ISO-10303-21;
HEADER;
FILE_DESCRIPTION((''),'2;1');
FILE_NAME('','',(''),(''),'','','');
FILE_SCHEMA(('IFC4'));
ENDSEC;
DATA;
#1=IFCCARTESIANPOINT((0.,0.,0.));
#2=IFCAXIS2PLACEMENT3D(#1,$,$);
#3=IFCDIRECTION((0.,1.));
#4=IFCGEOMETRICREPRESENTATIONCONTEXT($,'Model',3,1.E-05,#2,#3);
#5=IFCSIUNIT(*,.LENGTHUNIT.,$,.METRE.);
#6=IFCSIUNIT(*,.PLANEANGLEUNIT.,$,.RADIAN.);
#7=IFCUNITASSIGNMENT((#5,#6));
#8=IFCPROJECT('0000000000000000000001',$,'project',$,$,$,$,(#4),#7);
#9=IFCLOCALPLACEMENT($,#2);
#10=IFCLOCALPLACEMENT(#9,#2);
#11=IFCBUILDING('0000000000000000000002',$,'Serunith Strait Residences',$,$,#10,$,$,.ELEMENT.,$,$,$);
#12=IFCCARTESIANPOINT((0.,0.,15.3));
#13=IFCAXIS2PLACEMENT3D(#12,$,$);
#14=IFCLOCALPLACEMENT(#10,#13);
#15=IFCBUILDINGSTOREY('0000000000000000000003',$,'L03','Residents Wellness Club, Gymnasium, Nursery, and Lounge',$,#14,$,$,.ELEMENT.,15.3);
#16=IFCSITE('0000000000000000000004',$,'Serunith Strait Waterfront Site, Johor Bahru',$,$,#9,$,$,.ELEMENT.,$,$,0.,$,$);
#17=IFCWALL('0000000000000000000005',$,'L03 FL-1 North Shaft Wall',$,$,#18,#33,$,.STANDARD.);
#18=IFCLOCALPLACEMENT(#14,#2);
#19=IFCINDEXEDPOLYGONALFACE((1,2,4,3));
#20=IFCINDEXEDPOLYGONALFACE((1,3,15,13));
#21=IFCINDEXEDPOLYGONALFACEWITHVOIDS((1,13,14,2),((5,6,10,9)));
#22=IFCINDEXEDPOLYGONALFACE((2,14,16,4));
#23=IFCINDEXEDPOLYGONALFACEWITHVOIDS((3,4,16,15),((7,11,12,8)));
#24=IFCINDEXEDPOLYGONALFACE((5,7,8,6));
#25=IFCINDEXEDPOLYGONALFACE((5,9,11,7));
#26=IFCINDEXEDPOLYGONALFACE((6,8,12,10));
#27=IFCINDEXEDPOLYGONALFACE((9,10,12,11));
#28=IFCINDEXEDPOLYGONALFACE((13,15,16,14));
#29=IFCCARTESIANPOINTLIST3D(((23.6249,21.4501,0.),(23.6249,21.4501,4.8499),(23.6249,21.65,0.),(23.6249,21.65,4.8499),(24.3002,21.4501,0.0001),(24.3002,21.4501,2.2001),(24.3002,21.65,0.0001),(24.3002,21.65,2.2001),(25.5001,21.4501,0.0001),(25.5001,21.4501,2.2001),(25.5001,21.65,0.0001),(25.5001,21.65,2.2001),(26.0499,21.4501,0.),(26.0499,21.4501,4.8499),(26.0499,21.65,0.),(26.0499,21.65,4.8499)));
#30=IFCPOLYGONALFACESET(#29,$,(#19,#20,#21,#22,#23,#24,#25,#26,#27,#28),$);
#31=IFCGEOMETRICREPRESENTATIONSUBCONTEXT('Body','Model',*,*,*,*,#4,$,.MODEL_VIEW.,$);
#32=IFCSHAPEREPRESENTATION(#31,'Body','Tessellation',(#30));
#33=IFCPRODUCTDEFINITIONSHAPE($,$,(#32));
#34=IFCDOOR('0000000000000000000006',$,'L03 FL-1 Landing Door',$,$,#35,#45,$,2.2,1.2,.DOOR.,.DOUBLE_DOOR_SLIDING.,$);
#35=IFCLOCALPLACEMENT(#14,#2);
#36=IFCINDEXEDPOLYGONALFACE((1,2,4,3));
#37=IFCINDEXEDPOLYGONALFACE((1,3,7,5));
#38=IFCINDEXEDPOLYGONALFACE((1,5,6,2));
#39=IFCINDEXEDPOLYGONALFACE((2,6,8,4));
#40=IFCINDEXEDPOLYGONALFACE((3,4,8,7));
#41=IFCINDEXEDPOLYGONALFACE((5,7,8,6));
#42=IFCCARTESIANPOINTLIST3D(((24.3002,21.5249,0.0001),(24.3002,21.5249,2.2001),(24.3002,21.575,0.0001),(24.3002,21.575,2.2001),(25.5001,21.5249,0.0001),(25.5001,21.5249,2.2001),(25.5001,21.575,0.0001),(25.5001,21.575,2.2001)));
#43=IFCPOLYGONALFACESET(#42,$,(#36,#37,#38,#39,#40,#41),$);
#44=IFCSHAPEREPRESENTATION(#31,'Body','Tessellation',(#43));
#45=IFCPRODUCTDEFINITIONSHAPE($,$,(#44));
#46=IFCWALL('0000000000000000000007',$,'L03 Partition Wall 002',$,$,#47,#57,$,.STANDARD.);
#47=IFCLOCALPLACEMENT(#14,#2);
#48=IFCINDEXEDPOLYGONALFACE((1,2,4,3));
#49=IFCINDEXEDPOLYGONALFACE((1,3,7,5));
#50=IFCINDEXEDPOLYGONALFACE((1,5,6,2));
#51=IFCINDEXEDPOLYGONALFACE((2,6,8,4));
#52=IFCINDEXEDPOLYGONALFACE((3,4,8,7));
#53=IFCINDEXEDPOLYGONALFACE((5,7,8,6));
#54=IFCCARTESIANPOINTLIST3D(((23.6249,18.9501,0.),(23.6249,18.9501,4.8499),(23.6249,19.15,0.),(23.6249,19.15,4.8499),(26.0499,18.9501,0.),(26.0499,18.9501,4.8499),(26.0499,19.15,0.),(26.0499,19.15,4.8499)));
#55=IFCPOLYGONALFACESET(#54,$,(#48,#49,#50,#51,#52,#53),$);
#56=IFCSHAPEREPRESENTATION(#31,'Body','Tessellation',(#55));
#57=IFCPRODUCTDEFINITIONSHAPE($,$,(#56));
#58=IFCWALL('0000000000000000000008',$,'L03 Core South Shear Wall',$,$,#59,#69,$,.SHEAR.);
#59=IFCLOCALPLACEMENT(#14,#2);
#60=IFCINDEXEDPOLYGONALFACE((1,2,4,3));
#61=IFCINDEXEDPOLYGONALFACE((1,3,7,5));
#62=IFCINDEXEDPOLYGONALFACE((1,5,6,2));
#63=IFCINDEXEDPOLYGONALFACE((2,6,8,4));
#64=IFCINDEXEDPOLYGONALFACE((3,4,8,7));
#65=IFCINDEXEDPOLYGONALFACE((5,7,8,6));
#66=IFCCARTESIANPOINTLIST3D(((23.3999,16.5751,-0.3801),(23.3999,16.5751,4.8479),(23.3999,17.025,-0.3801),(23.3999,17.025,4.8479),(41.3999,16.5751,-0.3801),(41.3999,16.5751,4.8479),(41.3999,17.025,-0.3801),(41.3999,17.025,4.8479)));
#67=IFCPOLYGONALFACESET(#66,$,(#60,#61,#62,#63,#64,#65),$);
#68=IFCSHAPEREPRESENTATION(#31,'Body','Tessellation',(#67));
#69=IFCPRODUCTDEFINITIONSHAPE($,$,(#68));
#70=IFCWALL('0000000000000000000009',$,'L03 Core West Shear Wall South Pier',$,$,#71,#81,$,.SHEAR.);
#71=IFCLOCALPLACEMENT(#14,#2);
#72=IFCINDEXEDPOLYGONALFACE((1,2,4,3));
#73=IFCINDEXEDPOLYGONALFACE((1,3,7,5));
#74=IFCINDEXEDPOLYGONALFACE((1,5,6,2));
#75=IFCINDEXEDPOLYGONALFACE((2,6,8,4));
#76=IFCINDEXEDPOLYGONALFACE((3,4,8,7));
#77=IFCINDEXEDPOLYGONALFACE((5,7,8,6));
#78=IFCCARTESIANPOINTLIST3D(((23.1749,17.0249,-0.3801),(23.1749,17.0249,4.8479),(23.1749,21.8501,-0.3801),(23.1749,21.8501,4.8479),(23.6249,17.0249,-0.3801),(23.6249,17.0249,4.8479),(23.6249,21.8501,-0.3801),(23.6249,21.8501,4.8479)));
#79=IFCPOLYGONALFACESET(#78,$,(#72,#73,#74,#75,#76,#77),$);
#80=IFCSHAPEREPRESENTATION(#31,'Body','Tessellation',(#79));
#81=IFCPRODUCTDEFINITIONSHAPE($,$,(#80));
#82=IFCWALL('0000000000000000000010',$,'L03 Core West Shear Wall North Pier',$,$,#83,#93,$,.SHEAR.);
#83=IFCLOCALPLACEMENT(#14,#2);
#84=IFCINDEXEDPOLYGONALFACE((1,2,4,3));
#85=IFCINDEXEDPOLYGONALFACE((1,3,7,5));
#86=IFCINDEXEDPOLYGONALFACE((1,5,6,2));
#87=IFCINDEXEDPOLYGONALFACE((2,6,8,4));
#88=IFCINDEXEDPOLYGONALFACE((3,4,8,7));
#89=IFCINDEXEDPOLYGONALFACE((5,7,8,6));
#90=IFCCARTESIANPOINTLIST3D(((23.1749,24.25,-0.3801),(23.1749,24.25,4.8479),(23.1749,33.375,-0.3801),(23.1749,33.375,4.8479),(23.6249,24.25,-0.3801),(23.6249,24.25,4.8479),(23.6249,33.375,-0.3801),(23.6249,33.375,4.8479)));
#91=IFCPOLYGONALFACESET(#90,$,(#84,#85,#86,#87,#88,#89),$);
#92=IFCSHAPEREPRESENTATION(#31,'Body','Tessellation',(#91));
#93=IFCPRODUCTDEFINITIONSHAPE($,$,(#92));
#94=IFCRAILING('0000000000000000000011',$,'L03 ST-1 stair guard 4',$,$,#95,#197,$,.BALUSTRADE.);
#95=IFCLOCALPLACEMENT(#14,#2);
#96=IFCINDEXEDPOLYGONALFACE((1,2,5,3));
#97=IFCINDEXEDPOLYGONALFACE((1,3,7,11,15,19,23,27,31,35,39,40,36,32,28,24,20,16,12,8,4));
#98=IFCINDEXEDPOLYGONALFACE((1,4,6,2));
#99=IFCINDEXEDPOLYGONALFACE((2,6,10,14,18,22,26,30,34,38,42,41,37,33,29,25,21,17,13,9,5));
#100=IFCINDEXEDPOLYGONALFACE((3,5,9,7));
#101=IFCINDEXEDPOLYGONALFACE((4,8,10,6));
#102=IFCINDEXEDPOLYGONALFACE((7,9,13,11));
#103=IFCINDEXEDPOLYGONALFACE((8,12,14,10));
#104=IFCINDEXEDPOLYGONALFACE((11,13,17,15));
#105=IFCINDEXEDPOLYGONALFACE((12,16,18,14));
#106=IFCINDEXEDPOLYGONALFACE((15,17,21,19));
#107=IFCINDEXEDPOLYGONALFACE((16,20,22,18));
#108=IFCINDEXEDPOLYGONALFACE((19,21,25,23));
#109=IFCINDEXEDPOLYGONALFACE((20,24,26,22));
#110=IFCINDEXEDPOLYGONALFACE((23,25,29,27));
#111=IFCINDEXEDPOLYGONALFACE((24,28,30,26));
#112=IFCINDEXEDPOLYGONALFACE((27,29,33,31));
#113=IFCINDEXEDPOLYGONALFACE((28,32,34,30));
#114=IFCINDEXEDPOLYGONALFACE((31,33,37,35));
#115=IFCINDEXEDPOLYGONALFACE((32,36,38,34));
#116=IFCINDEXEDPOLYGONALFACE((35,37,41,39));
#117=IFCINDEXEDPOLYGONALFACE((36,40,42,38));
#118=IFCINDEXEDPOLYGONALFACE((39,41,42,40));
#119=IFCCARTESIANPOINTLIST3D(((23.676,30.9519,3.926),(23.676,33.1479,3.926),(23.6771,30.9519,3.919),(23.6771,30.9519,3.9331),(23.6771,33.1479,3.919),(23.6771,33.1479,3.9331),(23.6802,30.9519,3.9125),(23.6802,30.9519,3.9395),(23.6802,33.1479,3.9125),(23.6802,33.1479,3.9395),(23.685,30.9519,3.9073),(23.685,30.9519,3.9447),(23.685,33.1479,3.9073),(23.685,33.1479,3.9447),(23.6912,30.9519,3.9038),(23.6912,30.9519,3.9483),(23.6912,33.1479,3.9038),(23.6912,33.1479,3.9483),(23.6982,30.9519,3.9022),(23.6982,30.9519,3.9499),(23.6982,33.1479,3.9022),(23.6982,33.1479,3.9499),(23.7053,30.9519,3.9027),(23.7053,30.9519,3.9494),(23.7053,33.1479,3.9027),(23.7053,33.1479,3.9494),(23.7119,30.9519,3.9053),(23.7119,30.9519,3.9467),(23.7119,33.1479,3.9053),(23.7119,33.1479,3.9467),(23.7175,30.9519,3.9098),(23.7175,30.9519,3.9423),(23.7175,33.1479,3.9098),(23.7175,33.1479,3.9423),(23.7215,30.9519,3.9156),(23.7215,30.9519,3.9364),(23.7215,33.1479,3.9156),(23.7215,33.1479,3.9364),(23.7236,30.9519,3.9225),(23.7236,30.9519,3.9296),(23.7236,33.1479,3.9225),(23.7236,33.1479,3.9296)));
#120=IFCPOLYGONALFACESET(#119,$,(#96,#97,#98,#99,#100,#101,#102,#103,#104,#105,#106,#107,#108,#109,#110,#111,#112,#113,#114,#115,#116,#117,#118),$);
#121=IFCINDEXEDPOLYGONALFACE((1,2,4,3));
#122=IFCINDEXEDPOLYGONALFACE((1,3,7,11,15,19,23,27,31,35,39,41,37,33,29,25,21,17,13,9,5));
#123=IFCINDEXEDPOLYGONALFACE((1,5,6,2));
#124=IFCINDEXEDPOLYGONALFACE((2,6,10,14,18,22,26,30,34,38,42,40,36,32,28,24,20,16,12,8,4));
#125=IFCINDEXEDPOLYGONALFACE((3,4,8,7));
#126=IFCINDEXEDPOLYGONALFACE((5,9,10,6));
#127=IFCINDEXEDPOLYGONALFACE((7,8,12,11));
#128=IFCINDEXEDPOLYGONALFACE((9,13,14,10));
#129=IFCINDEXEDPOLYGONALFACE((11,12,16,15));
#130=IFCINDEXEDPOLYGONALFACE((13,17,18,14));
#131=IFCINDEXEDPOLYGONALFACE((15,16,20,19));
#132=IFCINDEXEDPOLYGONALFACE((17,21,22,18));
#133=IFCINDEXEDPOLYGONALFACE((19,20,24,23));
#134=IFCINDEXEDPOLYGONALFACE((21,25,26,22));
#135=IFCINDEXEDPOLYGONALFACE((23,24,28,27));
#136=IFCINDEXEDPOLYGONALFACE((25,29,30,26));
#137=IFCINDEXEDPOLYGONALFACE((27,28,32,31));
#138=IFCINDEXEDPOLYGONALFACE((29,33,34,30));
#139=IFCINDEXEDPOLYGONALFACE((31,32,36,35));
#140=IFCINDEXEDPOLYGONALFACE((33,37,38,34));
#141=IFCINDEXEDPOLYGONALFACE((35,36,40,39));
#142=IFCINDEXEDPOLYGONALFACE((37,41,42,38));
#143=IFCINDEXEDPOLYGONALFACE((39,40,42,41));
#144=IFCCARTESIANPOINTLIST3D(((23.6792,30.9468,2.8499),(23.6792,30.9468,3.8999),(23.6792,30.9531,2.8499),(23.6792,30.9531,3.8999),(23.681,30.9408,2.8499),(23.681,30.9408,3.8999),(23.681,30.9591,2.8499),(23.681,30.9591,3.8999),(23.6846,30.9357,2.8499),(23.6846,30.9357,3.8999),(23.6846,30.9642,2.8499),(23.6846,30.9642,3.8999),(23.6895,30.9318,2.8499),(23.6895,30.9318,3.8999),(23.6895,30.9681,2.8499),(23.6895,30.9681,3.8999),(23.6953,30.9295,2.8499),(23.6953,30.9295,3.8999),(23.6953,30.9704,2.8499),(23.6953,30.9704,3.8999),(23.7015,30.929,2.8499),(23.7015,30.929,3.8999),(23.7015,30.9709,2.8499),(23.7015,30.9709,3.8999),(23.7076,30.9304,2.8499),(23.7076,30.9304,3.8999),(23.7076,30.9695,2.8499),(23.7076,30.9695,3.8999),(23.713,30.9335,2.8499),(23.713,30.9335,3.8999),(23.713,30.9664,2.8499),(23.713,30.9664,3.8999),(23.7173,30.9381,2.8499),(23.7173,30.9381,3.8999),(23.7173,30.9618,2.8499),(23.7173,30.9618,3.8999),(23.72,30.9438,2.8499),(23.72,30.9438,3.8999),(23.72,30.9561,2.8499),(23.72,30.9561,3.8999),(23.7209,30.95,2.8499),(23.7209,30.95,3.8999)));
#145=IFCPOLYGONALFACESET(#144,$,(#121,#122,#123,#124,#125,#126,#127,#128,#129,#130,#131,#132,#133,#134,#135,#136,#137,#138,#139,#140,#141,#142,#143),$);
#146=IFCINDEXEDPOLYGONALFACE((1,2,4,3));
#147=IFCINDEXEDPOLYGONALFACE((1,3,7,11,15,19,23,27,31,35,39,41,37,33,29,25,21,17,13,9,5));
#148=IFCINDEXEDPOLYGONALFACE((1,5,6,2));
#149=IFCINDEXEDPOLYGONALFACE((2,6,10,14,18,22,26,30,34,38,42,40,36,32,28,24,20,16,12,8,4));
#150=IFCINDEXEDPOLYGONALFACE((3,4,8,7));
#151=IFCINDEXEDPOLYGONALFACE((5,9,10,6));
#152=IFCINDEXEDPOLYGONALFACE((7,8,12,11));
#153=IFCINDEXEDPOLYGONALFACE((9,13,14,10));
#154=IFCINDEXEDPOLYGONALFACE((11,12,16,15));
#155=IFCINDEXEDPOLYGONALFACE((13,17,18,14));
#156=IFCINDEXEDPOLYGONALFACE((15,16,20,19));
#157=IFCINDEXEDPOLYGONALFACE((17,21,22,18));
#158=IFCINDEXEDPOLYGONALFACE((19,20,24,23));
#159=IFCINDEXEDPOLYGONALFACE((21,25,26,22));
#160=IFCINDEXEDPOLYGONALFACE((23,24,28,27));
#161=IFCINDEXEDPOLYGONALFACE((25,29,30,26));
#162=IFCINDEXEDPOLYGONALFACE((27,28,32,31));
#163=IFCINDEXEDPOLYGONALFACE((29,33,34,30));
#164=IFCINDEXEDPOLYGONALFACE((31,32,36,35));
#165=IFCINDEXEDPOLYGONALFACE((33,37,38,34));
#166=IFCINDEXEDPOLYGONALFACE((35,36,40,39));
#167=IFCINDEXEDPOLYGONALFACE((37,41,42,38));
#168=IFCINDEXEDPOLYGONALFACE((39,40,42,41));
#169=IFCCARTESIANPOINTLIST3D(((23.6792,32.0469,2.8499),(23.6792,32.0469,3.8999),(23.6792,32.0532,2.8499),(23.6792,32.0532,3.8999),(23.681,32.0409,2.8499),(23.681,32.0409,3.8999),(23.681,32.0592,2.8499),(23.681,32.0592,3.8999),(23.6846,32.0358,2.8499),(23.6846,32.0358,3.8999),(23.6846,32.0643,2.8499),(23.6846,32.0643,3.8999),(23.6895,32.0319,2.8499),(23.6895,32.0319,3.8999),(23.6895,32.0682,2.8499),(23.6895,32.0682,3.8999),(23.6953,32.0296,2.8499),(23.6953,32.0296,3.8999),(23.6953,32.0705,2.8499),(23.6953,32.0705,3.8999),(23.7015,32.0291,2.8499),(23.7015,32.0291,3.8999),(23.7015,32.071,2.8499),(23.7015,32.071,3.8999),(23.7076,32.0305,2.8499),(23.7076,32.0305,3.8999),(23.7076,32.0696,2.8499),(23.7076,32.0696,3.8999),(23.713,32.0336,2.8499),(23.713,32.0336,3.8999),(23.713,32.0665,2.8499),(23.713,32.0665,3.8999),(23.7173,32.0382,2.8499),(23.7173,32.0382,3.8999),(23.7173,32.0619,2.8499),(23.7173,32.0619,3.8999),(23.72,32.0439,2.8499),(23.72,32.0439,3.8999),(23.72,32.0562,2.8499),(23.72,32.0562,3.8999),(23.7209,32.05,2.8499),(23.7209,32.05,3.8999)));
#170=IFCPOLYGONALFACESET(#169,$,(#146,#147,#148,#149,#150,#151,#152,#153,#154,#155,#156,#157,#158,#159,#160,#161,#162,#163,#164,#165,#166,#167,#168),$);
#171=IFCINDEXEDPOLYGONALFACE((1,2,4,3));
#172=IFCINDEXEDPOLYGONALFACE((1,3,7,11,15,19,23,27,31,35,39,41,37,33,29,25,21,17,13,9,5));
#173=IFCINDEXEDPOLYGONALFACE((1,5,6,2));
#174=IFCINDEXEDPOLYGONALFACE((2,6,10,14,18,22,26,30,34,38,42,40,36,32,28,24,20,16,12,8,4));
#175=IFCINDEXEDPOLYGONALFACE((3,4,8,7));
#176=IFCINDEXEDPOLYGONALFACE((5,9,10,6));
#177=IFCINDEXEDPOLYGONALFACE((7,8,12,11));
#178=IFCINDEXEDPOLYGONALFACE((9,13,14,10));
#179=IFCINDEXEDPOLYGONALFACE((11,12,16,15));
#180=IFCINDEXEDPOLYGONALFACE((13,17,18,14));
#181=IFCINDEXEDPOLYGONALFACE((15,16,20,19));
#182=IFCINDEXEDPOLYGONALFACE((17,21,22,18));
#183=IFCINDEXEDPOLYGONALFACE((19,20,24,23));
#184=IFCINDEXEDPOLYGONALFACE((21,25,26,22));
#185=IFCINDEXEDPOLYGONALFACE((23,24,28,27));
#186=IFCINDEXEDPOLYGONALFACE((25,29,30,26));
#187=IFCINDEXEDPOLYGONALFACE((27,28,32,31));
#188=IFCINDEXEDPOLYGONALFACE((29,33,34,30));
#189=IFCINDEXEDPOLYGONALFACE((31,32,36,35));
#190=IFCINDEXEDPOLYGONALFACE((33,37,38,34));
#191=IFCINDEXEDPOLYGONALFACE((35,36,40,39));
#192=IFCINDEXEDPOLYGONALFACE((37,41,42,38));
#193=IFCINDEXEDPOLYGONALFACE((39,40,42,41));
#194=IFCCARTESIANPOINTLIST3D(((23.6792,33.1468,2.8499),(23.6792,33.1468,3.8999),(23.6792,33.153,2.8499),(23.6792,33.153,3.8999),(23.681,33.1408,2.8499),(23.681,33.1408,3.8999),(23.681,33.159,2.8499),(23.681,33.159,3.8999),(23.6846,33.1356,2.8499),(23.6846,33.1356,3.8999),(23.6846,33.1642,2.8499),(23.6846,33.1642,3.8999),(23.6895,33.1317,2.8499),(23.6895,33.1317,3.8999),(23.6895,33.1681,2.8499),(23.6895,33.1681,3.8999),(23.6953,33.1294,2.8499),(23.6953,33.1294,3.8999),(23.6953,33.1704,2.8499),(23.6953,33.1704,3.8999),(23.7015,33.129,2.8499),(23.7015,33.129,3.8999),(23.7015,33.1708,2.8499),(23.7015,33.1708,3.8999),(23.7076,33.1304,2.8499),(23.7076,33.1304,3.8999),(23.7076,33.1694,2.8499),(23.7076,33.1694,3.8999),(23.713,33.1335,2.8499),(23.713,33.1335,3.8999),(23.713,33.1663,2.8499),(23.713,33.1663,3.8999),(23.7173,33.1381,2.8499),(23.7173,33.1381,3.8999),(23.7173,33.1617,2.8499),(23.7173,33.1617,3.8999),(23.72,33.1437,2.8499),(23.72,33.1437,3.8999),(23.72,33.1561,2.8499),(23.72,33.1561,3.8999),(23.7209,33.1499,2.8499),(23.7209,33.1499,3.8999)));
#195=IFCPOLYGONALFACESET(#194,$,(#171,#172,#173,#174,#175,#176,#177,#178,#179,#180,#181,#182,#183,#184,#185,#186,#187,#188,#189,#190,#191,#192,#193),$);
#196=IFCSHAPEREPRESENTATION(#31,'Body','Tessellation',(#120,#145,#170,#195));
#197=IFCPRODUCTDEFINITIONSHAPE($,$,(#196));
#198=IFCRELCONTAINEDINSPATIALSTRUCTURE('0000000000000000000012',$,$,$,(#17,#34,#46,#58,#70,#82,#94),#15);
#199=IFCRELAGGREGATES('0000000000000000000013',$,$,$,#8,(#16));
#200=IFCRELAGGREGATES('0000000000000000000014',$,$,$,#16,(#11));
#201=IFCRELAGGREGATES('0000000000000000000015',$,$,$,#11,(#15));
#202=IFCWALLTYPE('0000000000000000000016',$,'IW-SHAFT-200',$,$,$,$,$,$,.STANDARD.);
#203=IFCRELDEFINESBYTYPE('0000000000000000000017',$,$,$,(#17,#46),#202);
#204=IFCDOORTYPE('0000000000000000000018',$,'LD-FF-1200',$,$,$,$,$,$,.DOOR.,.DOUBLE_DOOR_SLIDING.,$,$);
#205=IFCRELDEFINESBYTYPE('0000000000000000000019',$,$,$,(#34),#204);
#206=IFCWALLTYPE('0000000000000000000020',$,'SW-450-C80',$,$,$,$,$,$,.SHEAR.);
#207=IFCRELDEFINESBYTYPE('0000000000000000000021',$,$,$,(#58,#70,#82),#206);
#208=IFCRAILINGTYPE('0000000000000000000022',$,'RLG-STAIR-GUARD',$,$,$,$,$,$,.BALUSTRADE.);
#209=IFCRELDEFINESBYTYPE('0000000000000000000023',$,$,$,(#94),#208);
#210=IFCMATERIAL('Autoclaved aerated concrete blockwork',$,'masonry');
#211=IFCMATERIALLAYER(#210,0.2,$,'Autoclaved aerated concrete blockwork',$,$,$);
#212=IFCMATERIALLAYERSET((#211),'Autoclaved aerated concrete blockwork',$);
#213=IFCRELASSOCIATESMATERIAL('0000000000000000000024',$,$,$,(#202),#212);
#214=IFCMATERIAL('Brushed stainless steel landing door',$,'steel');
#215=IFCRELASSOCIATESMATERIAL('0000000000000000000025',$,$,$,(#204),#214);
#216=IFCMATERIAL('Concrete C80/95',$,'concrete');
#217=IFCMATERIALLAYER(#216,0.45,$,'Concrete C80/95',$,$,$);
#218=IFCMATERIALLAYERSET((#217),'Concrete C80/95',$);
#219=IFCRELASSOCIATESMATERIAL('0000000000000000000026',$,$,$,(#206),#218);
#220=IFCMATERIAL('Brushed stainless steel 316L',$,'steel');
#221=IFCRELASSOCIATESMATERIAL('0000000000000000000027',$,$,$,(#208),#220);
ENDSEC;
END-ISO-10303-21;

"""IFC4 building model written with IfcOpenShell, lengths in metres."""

from ifc_helpers import new_model, si_unit, direction, frame, frame_2d, origin, origin_2d, place, context, subcontext, project, spatial, rectangle, circle, extrude, source, transform, mapped, material, layer, layer_set, type_object, element, fill, save


model = new_model("IFC4")

# Units and contexts
model_context = context("Model", 3, precision=1e-05, world=origin(), true_north=direction((0.0, 1.0)))
body_context = subcontext(model_context, "Body", "Model", "MODEL_VIEW")
ifc_project = project(units=[si_unit("LENGTHUNIT", "METRE"), si_unit("PLANEANGLEUNIT", "RADIAN")], contexts=[model_context])

# Site, building, storey
site_placement = place(None, origin())
site = spatial("IfcSite", under=ifc_project, at=site_placement, Name="Serunith Strait Waterfront Site, Johor Bahru", CompositionType="ELEMENT", RefElevation=0.0)
building_placement = place(site_placement, origin())
building = spatial("IfcBuilding", under=site, at=building_placement, Name="Serunith Strait Residences", CompositionType="ELEMENT")
storey_placement = place(building_placement, frame((0.0, 0.0, 15.3)))
storey = spatial("IfcBuildingStorey", under=building, at=storey_placement, Name="L03", Description="Residents Wellness Club, Gymnasium, Nursery, and Lounge", CompositionType="ELEMENT", Elevation=15.3)

# Wall, opening, door
ifc_material_1 = material(Name="Autoclaved aerated concrete blockwork", Category="masonry")
ifc_layer_1 = layer(ifc_material_1, 0.2, Name="Autoclaved aerated concrete blockwork")
ifc_layer_set_1 = layer_set([ifc_layer_1], Name="Autoclaved aerated concrete blockwork")
wall_type_1 = type_object("IfcWallType", Name="IW-SHAFT-200", PredefinedType="STANDARD", material=ifc_layer_set_1)
wall_1_placement = place(storey_placement, frame((23.625, 21.55, 0.0), z_axis=(0.0, 0.0, 1.0), x_axis=(1.0, 0.0, 0.0)))
wall_1 = element("IfcWall", 1, at=wall_1_placement, inside=storey, type_object=wall_type_1, Name="L03 FL-1 North Shaft Wall", PredefinedType="STANDARD", context=body_context, shape_type="SweptSolid", body=[
    extrude(rectangle(XDim=2.425, YDim=0.2, at=frame_2d((1.2124, 0.0))), origin(), (0.0, 0.0, 1.0), 4.8499),
])
opening_1_placement = place(wall_1_placement, frame((0.675, 0.0, 0.0)))
opening_1 = element("IfcOpeningElement", 2, at=opening_1_placement, cuts=wall_1, PredefinedType="OPENING", context=body_context, shape_type="SweptSolid", body=[
    extrude(rectangle(XDim=1.2, YDim=2.2, at=frame_2d((0.6001, 1.1001))), frame((0.0, 0.1099, 0.0), z_axis=(0.0, -1.0, 0.0), x_axis=(1.0, 0.0, 0.0)), (0.0, 0.0, 1.0), 0.22),
])
ifc_material_2 = material(Name="Brushed stainless steel landing door", Category="steel")
door_type_1 = type_object("IfcDoorType", Name="LD-FF-1200", OperationType="DOUBLE_DOOR_SLIDING", PredefinedType="DOOR", material=ifc_material_2)
shared_shape_1 = source(origin(), body_context, "Body", "SweptSolid", [
    extrude(rectangle(XDim=1.2, YDim=2.2, at=frame_2d((0.6001, 1.1001))), frame((0.0, 0.0249, 0.0), z_axis=(0.0, -1.0, 0.0), x_axis=(1.0, 0.0, 0.0)), (0.0, 0.0, 1.0), 0.05),
])
door_1_placement = place(opening_1_placement, origin())
door_1 = element("IfcDoor", 3, at=door_1_placement, inside=storey, type_object=door_type_1, Name="L03 FL-1 Landing Door", OperationType="DOUBLE_DOOR_SLIDING", OverallHeight=2.2, OverallWidth=1.2, PredefinedType="DOOR", context=body_context, shape_type="MappedRepresentation", body=[
    mapped(shared_shape_1, transform((0.0, 0.0, 0.0), scale=1.0)),
])
fill(opening_1, door_1)

# Wall
wall_2_placement = place(storey_placement, frame((23.625, 19.05, 0.0), z_axis=(0.0, 0.0, 1.0), x_axis=(1.0, 0.0, 0.0)))
element("IfcWall", 4, at=wall_2_placement, inside=storey, type_object=wall_type_1, Name="L03 Partition Wall 002", PredefinedType="STANDARD", context=body_context, shape_type="SweptSolid", body=[
    extrude(rectangle(XDim=2.425, YDim=0.2, at=frame_2d((1.2124, 0.0))), origin(), (0.0, 0.0, 1.0), 4.8499),
])

# Walls
ifc_material_3 = material(Name="Concrete C80/95", Category="concrete")
ifc_layer_2 = layer(ifc_material_3, 0.45, Name="Concrete C80/95")
ifc_layer_set_2 = layer_set([ifc_layer_2], Name="Concrete C80/95")
wall_type_2 = type_object("IfcWallType", Name="SW-450-C80", PredefinedType="SHEAR", material=ifc_layer_set_2)
wall_3_placement = place(storey_placement, frame((23.3999, 16.8, -0.3801), z_axis=(0.0, 0.0, 1.0), x_axis=(1.0, 0.0, 0.0)))
element("IfcWall", 5, at=wall_3_placement, inside=storey, type_object=wall_type_2, Name="L03 Core South Shear Wall", PredefinedType="SHEAR", context=body_context, shape_type="SweptSolid", body=[
    extrude(rectangle(XDim=18.0, YDim=0.45, at=frame_2d((9.0, 0.0))), origin(), (0.0, 0.0, 1.0), 5.228),
])
wall_4_placement = place(storey_placement, frame((23.3999, 17.0249, -0.3801), z_axis=(0.0, 0.0, 1.0), x_axis=(0.0, 1.0, 0.0)))
element("IfcWall", 6, at=wall_4_placement, inside=storey, type_object=wall_type_2, Name="L03 Core West Shear Wall South Pier", PredefinedType="SHEAR", context=body_context, shape_type="SweptSolid", body=[
    extrude(rectangle(XDim=4.8252, YDim=0.45, at=frame_2d((2.4126, 0.0))), origin(), (0.0, 0.0, 1.0), 5.228),
])
wall_5_placement = place(storey_placement, frame((23.3999, 24.25, -0.3801), z_axis=(0.0, 0.0, 1.0), x_axis=(0.0, 1.0, 0.0)))
element("IfcWall", 7, at=wall_5_placement, inside=storey, type_object=wall_type_2, Name="L03 Core West Shear Wall North Pier", PredefinedType="SHEAR", context=body_context, shape_type="SweptSolid", body=[
    extrude(rectangle(XDim=9.125, YDim=0.45, at=frame_2d((4.5625, 0.0))), origin(), (0.0, 0.0, 1.0), 5.228),
])

# Railing
ifc_material_4 = material(Name="Brushed stainless steel 316L", Category="steel")
railing_type = type_object("IfcRailingType", Name="RLG-STAIR-GUARD", PredefinedType="BALUSTRADE", material=ifc_material_4)
railing_1_placement = place(storey_placement, frame((23.7, 30.95, 2.8499)))
element("IfcRailing", 8, at=railing_1_placement, inside=storey, type_object=railing_type, Name="L03 ST-1 stair guard 4", PredefinedType="BALUSTRADE", context=body_context, shape_type="SweptSolid", body=[
    extrude(circle(Radius=0.0239, at=origin_2d()), frame((0.0, 0.002, 1.0762), z_axis=(0.0, 1.0, 0.0), x_axis=(-1.0, 0.0, 0.0)), (0.0, 0.0, 1.0), 2.196),
    extrude(circle(Radius=0.021, at=origin_2d()), origin(), (0.0, 0.0, 1.0), 1.05),
    extrude(circle(Radius=0.021, at=origin_2d()), frame((0.0, 1.1001, 0.0)), (0.0, 0.0, 1.0), 1.05),
    extrude(circle(Radius=0.021, at=origin_2d()), frame((0.0, 2.2, 0.0)), (0.0, 0.0, 1.0), 1.05),
])

save(model, "model.ifc")
